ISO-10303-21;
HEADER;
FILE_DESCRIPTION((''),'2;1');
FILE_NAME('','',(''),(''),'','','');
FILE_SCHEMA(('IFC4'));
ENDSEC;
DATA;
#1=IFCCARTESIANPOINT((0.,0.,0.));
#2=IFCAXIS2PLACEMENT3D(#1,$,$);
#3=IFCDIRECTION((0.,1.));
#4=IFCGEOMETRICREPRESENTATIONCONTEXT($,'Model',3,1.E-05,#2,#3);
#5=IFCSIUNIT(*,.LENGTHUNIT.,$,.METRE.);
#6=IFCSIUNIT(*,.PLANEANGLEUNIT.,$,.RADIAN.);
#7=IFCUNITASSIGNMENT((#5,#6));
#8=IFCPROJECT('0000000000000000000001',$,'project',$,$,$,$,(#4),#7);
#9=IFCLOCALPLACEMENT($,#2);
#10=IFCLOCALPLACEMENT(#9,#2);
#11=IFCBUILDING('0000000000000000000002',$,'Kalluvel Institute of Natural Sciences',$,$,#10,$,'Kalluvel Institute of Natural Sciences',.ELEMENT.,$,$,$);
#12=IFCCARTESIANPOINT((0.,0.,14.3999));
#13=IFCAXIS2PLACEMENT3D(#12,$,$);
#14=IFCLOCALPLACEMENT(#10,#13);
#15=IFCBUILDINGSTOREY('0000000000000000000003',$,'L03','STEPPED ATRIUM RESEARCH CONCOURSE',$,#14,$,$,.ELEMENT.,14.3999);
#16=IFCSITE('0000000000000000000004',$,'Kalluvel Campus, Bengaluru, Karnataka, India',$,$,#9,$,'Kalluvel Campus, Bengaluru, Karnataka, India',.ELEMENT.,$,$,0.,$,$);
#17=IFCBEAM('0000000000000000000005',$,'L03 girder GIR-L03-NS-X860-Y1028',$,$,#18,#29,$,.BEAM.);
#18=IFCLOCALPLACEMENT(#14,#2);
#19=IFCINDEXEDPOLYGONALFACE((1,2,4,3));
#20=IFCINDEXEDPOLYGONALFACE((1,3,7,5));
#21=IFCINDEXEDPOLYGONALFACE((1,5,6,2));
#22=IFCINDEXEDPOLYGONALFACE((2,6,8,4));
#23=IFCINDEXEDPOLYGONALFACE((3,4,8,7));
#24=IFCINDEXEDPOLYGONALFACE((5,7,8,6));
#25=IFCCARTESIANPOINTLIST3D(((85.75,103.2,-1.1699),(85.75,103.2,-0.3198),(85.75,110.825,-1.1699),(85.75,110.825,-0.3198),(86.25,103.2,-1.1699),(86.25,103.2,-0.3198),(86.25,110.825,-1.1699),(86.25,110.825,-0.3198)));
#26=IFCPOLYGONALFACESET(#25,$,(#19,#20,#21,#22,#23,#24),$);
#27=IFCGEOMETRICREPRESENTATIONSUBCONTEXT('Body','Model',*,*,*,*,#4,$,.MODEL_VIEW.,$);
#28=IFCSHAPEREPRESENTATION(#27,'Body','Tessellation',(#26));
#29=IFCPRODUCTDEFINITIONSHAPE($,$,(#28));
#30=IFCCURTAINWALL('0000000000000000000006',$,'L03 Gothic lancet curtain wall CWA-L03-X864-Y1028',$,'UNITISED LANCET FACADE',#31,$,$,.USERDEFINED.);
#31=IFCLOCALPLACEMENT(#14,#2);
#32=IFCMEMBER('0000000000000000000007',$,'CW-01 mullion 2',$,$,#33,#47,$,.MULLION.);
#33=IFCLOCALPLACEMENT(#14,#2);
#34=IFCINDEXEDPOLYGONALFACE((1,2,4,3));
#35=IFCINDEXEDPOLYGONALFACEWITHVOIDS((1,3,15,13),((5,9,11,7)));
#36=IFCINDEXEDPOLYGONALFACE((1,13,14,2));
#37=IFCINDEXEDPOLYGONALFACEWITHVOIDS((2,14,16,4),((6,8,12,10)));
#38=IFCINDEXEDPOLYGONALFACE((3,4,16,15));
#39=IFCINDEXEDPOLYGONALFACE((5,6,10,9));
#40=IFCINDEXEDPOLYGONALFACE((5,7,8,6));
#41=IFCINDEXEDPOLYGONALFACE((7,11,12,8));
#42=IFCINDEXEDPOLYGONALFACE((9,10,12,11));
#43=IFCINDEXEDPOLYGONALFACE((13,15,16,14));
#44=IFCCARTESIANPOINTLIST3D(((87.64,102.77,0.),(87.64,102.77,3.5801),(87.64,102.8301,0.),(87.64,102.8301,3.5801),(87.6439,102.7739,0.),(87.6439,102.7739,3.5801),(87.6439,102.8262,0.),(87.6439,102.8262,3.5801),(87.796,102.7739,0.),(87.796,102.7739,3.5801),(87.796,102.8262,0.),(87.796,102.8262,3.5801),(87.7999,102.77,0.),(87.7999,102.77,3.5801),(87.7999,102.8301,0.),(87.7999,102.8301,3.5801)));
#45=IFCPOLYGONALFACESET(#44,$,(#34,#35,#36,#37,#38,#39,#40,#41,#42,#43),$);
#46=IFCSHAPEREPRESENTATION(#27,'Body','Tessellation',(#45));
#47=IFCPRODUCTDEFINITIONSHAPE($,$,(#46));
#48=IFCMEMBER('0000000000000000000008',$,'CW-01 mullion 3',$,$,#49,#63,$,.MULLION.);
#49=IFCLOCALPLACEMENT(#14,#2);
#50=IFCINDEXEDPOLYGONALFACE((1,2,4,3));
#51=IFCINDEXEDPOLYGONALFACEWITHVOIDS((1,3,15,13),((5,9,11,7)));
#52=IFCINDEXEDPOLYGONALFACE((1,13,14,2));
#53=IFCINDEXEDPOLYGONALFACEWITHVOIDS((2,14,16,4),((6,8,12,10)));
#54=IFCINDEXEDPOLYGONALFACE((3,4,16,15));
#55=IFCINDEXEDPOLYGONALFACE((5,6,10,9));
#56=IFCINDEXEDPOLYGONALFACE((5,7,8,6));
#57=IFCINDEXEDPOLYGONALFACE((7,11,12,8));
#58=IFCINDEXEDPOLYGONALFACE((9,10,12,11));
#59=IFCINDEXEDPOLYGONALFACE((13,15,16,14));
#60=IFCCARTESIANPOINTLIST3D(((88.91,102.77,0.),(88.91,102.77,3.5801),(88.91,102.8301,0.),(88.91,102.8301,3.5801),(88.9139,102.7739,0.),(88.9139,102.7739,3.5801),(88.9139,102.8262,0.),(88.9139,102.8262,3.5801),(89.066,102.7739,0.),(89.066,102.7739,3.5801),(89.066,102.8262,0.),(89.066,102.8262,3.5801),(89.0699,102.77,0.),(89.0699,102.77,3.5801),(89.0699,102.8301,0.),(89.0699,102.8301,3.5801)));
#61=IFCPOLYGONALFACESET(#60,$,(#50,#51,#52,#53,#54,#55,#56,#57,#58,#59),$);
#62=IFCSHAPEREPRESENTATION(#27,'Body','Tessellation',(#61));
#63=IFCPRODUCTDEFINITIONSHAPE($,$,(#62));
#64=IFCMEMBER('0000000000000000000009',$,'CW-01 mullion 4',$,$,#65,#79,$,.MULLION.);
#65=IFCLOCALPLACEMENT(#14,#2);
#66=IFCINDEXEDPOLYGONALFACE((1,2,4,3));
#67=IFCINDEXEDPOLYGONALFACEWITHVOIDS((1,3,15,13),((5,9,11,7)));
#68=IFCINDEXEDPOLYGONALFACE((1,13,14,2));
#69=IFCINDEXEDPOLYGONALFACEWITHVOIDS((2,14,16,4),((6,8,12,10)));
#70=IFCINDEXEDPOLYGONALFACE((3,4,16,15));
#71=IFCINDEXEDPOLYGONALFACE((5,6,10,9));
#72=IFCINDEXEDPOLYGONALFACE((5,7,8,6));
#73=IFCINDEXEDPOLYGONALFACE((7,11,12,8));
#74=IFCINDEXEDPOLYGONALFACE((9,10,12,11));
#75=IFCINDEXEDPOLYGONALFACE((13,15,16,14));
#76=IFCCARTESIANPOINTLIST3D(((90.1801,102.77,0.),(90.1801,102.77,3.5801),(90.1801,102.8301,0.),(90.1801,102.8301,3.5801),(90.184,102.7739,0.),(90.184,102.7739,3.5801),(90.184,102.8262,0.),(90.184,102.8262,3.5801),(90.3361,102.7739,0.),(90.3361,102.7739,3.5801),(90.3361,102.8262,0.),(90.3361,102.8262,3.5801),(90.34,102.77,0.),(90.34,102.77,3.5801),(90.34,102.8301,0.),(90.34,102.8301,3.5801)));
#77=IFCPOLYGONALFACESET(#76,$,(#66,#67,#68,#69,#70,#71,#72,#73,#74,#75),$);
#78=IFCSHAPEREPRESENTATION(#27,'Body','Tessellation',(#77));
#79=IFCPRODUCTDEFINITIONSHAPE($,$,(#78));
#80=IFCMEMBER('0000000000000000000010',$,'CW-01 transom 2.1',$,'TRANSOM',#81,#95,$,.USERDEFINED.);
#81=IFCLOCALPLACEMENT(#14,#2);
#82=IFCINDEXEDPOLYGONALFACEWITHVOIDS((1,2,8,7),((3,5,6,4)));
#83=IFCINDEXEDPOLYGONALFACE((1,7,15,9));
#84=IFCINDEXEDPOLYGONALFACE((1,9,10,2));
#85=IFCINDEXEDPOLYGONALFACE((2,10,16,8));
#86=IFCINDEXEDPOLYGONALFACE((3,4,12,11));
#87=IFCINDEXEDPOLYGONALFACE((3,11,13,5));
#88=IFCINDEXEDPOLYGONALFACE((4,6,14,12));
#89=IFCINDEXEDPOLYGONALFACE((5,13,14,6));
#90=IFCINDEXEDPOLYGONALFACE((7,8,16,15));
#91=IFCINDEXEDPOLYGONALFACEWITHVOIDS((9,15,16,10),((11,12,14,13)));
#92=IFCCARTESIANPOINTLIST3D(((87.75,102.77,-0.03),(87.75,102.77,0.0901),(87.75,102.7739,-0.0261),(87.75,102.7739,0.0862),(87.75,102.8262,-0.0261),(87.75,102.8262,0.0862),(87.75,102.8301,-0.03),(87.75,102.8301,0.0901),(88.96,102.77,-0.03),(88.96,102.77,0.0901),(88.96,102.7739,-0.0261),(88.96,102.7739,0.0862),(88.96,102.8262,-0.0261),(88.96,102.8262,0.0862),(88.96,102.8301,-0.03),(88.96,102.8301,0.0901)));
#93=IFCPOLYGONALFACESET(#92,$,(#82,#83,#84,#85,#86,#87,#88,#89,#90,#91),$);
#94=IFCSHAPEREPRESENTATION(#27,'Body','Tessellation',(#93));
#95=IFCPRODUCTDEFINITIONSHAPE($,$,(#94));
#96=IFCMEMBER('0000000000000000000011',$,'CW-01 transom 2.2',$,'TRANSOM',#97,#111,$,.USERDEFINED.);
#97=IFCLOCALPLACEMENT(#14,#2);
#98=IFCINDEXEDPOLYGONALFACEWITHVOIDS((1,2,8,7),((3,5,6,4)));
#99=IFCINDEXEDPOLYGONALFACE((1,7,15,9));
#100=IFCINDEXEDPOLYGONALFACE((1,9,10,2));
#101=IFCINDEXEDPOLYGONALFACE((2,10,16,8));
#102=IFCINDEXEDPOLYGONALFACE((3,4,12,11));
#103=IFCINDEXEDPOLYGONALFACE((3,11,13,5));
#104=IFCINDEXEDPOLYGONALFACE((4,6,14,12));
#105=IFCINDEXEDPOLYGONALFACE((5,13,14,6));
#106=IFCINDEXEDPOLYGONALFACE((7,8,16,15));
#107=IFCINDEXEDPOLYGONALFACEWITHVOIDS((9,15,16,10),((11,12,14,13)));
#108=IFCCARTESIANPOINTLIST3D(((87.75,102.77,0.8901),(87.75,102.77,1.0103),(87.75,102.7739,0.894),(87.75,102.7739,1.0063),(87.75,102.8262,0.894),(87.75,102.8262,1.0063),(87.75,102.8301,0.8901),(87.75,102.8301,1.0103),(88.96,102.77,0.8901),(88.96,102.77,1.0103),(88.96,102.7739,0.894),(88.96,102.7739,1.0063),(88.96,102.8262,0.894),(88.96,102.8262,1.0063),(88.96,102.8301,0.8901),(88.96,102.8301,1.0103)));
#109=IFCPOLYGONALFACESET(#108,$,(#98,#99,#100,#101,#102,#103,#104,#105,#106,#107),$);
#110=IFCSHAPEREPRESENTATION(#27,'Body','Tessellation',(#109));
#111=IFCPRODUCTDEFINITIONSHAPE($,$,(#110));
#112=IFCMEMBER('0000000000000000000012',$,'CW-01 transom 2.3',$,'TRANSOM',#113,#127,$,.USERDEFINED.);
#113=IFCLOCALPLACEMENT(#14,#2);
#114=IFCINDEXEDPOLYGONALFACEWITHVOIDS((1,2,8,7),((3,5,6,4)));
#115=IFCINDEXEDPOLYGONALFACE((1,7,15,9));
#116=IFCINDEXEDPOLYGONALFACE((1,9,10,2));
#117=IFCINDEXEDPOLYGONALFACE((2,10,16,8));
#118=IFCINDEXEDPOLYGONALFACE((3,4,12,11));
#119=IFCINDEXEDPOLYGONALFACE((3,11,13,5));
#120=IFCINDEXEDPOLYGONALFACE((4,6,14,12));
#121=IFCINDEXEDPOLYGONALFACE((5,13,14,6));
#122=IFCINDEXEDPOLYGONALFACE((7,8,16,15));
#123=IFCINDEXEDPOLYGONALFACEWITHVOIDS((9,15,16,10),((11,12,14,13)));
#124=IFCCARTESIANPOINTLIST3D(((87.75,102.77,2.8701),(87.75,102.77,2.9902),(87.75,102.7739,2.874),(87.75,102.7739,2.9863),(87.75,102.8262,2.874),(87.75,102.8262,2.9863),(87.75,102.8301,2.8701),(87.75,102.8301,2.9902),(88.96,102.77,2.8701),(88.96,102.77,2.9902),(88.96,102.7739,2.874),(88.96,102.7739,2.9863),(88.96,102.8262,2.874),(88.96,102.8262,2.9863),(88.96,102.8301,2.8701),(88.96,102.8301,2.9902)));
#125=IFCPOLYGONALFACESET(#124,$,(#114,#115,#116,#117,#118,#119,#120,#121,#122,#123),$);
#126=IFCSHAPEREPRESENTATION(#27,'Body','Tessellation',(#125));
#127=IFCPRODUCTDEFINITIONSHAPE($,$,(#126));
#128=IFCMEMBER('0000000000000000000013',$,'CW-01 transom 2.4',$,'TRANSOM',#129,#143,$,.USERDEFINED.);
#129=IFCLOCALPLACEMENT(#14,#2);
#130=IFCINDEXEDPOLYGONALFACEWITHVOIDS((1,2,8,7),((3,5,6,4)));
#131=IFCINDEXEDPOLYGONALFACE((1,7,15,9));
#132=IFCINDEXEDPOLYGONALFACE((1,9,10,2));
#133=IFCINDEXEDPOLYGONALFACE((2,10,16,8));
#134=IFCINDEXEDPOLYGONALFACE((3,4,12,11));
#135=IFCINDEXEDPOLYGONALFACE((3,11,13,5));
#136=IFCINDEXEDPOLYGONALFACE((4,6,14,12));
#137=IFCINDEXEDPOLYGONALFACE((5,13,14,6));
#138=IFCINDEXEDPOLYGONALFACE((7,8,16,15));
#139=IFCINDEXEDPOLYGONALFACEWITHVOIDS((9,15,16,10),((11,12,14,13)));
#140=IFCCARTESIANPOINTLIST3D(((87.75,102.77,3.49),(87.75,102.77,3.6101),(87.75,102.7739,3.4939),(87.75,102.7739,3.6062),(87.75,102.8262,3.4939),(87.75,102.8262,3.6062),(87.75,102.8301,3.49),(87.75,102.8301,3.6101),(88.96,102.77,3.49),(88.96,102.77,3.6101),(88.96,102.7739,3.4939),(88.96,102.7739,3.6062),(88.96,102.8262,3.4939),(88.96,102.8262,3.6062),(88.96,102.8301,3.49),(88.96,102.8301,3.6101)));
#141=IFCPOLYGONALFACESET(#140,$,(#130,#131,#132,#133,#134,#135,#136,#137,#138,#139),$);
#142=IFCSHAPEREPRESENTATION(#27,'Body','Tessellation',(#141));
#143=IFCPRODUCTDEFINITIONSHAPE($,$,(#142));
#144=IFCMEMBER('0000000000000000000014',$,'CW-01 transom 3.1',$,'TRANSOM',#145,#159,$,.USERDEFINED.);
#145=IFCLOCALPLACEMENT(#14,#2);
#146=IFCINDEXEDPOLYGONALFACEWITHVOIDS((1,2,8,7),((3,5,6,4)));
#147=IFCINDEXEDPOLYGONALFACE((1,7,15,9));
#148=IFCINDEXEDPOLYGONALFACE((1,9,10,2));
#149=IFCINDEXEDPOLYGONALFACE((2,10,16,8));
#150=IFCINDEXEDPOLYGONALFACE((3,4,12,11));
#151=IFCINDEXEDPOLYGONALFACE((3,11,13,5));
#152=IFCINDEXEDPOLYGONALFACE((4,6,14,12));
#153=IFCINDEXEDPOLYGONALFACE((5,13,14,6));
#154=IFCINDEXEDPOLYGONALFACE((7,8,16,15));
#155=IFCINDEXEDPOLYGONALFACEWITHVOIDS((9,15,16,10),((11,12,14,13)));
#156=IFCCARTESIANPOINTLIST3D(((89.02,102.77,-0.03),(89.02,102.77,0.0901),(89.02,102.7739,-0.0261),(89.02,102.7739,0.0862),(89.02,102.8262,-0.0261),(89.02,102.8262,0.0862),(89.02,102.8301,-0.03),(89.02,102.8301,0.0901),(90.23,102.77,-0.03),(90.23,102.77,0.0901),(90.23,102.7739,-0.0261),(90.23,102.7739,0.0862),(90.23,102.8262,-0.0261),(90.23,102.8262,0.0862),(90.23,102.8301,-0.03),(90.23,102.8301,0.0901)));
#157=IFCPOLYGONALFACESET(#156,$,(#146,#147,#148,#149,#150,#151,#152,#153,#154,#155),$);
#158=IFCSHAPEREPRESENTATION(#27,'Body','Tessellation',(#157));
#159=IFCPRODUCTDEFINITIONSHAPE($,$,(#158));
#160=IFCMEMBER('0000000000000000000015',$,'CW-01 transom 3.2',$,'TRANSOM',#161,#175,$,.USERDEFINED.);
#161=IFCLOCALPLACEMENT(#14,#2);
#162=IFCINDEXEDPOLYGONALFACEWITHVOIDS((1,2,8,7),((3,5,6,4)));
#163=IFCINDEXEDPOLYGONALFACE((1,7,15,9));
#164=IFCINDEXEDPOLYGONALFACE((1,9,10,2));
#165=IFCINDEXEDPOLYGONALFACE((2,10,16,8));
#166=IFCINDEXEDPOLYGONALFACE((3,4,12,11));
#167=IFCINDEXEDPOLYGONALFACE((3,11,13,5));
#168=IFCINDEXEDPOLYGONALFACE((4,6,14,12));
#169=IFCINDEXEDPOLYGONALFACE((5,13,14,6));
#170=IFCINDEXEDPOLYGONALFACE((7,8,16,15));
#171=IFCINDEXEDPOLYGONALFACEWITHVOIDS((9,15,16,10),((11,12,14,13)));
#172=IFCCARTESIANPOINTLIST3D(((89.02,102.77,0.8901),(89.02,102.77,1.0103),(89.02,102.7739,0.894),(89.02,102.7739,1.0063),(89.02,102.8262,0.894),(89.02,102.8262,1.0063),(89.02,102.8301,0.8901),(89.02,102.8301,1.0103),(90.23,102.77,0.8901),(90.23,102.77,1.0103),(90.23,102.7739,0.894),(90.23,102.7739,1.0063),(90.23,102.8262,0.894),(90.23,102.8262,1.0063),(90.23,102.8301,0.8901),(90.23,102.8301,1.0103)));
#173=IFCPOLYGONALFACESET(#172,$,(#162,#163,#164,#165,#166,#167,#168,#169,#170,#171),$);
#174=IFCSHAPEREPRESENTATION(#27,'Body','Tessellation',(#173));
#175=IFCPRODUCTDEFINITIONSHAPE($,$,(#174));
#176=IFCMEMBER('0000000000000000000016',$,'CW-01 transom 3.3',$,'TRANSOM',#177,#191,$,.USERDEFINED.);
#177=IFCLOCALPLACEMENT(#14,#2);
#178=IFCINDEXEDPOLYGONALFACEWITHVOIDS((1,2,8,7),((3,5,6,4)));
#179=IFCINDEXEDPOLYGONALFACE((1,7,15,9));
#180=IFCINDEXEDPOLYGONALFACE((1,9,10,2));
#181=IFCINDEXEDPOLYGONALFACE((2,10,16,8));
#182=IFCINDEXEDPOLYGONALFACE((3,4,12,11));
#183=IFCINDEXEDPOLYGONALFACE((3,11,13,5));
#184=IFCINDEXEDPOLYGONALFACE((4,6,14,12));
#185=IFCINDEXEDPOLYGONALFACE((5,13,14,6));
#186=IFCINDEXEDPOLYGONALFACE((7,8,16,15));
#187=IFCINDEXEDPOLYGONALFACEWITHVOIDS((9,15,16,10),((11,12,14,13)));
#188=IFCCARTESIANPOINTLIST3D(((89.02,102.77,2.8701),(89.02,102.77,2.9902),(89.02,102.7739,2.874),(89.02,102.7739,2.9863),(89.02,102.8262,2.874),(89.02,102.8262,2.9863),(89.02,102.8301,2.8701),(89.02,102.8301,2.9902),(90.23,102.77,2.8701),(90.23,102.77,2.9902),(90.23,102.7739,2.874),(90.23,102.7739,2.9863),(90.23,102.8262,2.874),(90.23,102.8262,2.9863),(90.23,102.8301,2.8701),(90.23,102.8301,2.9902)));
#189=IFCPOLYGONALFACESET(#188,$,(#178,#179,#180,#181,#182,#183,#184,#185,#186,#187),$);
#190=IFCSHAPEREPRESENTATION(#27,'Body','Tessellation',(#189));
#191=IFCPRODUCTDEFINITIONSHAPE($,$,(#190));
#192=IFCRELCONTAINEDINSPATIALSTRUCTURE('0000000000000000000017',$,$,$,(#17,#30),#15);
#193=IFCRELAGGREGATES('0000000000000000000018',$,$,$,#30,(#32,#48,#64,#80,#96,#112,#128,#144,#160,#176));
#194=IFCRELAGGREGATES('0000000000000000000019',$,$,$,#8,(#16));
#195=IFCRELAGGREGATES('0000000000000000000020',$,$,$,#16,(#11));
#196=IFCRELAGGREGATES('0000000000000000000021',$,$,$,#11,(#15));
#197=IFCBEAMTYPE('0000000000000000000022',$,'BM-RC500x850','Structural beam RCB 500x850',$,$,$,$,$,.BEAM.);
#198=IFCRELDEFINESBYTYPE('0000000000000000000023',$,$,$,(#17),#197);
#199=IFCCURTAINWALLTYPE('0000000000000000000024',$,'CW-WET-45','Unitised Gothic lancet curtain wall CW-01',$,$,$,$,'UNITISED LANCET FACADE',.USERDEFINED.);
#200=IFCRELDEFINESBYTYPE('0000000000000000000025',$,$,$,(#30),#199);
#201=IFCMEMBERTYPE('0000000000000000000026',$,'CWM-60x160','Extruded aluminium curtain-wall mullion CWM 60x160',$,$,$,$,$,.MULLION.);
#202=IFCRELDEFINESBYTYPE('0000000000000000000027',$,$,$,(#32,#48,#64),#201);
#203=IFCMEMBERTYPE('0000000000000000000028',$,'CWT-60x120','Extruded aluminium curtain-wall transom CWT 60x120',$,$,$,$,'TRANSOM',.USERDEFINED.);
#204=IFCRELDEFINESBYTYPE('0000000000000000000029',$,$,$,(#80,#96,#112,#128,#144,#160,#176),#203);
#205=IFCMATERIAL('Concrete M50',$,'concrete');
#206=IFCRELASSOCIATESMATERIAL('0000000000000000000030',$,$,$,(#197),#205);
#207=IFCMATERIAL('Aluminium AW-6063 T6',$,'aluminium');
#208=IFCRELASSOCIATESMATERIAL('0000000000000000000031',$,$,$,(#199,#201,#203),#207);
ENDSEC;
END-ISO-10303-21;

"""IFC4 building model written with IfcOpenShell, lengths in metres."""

from ifc_helpers import new_model, si_unit, direction, frame, origin, origin_2d, place, context, subcontext, project, spatial, rectangle, hollow_rectangle, extrude, material, material_profile, profile_set, type_object, element, aggregate, save


model = new_model("IFC4")

# Units and contexts
model_context = context("Model", 3, precision=1e-05, world=origin(), true_north=direction((0.0, 1.0)))
body_context = subcontext(model_context, "Body", "Model", "MODEL_VIEW")
ifc_project = project(units=[si_unit("LENGTHUNIT", "METRE"), si_unit("PLANEANGLEUNIT", "RADIAN")], contexts=[model_context])

# Site, building, storey
site_placement = place(None, origin())
site = spatial("IfcSite", under=ifc_project, at=site_placement, Name="Kalluvel Campus, Bengaluru, Karnataka, India", LongName="Kalluvel Campus, Bengaluru, Karnataka, India", CompositionType="ELEMENT", RefElevation=0.0)
building_placement = place(site_placement, origin())
building = spatial("IfcBuilding", under=site, at=building_placement, Name="Kalluvel Institute of Natural Sciences", LongName="Kalluvel Institute of Natural Sciences", CompositionType="ELEMENT")
storey_placement = place(building_placement, frame((0.0, 0.0, 14.3999)))
storey = spatial("IfcBuildingStorey", under=building, at=storey_placement, Name="L03", Description="STEPPED ATRIUM RESEARCH CONCOURSE", CompositionType="ELEMENT", Elevation=14.3999)

# Beam
ifc_material_1 = material(Name="Concrete M50", Category="concrete")
ifc_material_profile_1 = material_profile(ifc_material_1, rectangle(XDim=0.5, YDim=0.8501, at=origin_2d()), Name="RCB 500x850")
ifc_profile_set_1 = profile_set([ifc_material_profile_1], Name="Concrete M50")
beam_type_1 = type_object("IfcBeamType", Name="BM-RC500x850", Description="Structural beam RCB 500x850", PredefinedType="BEAM", material=ifc_profile_set_1)
beam_1_placement = place(storey_placement, frame((86.0, 103.2, -0.7449), z_axis=(0.0, 1.0, 0.0), x_axis=(-1.0, 0.0, 0.0)))
element("IfcBeam", 1, at=beam_1_placement, inside=storey, type_object=beam_type_1, Name="L03 girder GIR-L03-NS-X860-Y1028", PredefinedType="BEAM", context=body_context, shape_type="SweptSolid", body=[
    extrude(rectangle(XDim=0.5, YDim=0.8501, at=origin_2d()), origin(), (0.0, 0.0, 1.0), 7.625),
])

# Curtain wall, members
ifc_material_2 = material(Name="Aluminium AW-6063 T6", Category="aluminium")
curtain_wall_type = type_object("IfcCurtainWallType", Name="CW-WET-45", Description="Unitised Gothic lancet curtain wall CW-01", ElementType="UNITISED LANCET FACADE", PredefinedType="USERDEFINED", material=ifc_material_2)
curtain_wall_placement = place(storey_placement, origin())
curtain_wall = element("IfcCurtainWall", 2, at=curtain_wall_placement, inside=storey, type_object=curtain_wall_type, Name="L03 Gothic lancet curtain wall CWA-L03-X864-Y1028", ObjectType="UNITISED LANCET FACADE", PredefinedType="USERDEFINED")
ifc_material_profile_2 = material_profile(ifc_material_2, hollow_rectangle(XDim=0.0601, YDim=0.1599, WallThickness=0.0039, at=origin_2d()), Name="CWM 60x160")
ifc_profile_set_2 = profile_set([ifc_material_profile_2], Name="Aluminium AW-6063 T6")
member_type_1 = type_object("IfcMemberType", Name="CWM-60x160", Description="Extruded aluminium curtain-wall mullion CWM 60x160", PredefinedType="MULLION", material=ifc_profile_set_2)
member_1_placement = place(storey_placement, frame((87.72, 102.8, 0.0), z_axis=(0.0, 0.0, 1.0), x_axis=(0.0, 1.0, 0.0)))
member_1 = element("IfcMember", 3, at=member_1_placement, type_object=member_type_1, Name="CW-01 mullion 2", PredefinedType="MULLION", context=body_context, shape_type="SweptSolid", body=[
    extrude(hollow_rectangle(XDim=0.0601, YDim=0.1599, WallThickness=0.0039, at=origin_2d()), origin(), (0.0, 0.0, 1.0), 3.5801),
])
member_2_placement = place(storey_placement, frame((88.99, 102.8, 0.0), z_axis=(0.0, 0.0, 1.0), x_axis=(0.0, 1.0, 0.0)))
member_2 = element("IfcMember", 4, at=member_2_placement, type_object=member_type_1, Name="CW-01 mullion 3", PredefinedType="MULLION", context=body_context, shape_type="SweptSolid", body=[
    extrude(hollow_rectangle(XDim=0.0601, YDim=0.1599, WallThickness=0.0039, at=origin_2d()), origin(), (0.0, 0.0, 1.0), 3.5801),
])
member_3_placement = place(storey_placement, frame((90.26, 102.8, 0.0), z_axis=(0.0, 0.0, 1.0), x_axis=(0.0, 1.0, 0.0)))
member_3 = element("IfcMember", 5, at=member_3_placement, type_object=member_type_1, Name="CW-01 mullion 4", PredefinedType="MULLION", context=body_context, shape_type="SweptSolid", body=[
    extrude(hollow_rectangle(XDim=0.0601, YDim=0.1599, WallThickness=0.0039, at=origin_2d()), origin(), (0.0, 0.0, 1.0), 3.5801),
])
ifc_material_profile_3 = material_profile(ifc_material_2, hollow_rectangle(XDim=0.0601, YDim=0.1201, WallThickness=0.0039, at=origin_2d()), Name="CWT 60x120")
ifc_profile_set_3 = profile_set([ifc_material_profile_3], Name="Aluminium AW-6063 T6")
member_type_2 = type_object("IfcMemberType", Name="CWT-60x120", Description="Extruded aluminium curtain-wall transom CWT 60x120", ElementType="TRANSOM", PredefinedType="USERDEFINED", material=ifc_profile_set_3)
member_4_placement = place(storey_placement, frame((87.75, 102.8, 0.03), z_axis=(1.0, 0.0, 0.0), x_axis=(0.0, 1.0, 0.0)))
member_4 = element("IfcMember", 6, at=member_4_placement, type_object=member_type_2, Name="CW-01 transom 2.1", ObjectType="TRANSOM", PredefinedType="USERDEFINED", context=body_context, shape_type="SweptSolid", body=[
    extrude(hollow_rectangle(XDim=0.0601, YDim=0.1201, WallThickness=0.0039, at=origin_2d()), origin(), (0.0, 0.0, 1.0), 1.21),
])
member_5_placement = place(storey_placement, frame((87.75, 102.8, 0.9502), z_axis=(1.0, 0.0, 0.0), x_axis=(0.0, 1.0, 0.0)))
member_5 = element("IfcMember", 7, at=member_5_placement, type_object=member_type_2, Name="CW-01 transom 2.2", ObjectType="TRANSOM", PredefinedType="USERDEFINED", context=body_context, shape_type="SweptSolid", body=[
    extrude(hollow_rectangle(XDim=0.0601, YDim=0.1201, WallThickness=0.0039, at=origin_2d()), origin(), (0.0, 0.0, 1.0), 1.21),
])
member_6_placement = place(storey_placement, frame((87.75, 102.8, 2.9302), z_axis=(1.0, 0.0, 0.0), x_axis=(0.0, 1.0, 0.0)))
member_6 = element("IfcMember", 8, at=member_6_placement, type_object=member_type_2, Name="CW-01 transom 2.3", ObjectType="TRANSOM", PredefinedType="USERDEFINED", context=body_context, shape_type="SweptSolid", body=[
    extrude(hollow_rectangle(XDim=0.0601, YDim=0.1201, WallThickness=0.0039, at=origin_2d()), origin(), (0.0, 0.0, 1.0), 1.21),
])
member_7_placement = place(storey_placement, frame((87.75, 102.8, 3.55), z_axis=(1.0, 0.0, 0.0), x_axis=(0.0, 1.0, 0.0)))
member_7 = element("IfcMember", 9, at=member_7_placement, type_object=member_type_2, Name="CW-01 transom 2.4", ObjectType="TRANSOM", PredefinedType="USERDEFINED", context=body_context, shape_type="SweptSolid", body=[
    extrude(hollow_rectangle(XDim=0.0601, YDim=0.1201, WallThickness=0.0039, at=origin_2d()), origin(), (0.0, 0.0, 1.0), 1.21),
])
member_8_placement = place(storey_placement, frame((89.02, 102.8, 0.03), z_axis=(1.0, 0.0, 0.0), x_axis=(0.0, 1.0, 0.0)))
member_8 = element("IfcMember", 10, at=member_8_placement, type_object=member_type_2, Name="CW-01 transom 3.1", ObjectType="TRANSOM", PredefinedType="USERDEFINED", context=body_context, shape_type="SweptSolid", body=[
    extrude(hollow_rectangle(XDim=0.0601, YDim=0.1201, WallThickness=0.0039, at=origin_2d()), origin(), (0.0, 0.0, 1.0), 1.21),
])
member_9_placement = place(storey_placement, frame((89.02, 102.8, 0.9502), z_axis=(1.0, 0.0, 0.0), x_axis=(0.0, 1.0, 0.0)))
member_9 = element("IfcMember", 11, at=member_9_placement, type_object=member_type_2, Name="CW-01 transom 3.2", ObjectType="TRANSOM", PredefinedType="USERDEFINED", context=body_context, shape_type="SweptSolid", body=[
    extrude(hollow_rectangle(XDim=0.0601, YDim=0.1201, WallThickness=0.0039, at=origin_2d()), origin(), (0.0, 0.0, 1.0), 1.21),
])
member_10_placement = place(storey_placement, frame((89.02, 102.8, 2.9302), z_axis=(1.0, 0.0, 0.0), x_axis=(0.0, 1.0, 0.0)))
member_10 = element("IfcMember", 12, at=member_10_placement, type_object=member_type_2, Name="CW-01 transom 3.3", ObjectType="TRANSOM", PredefinedType="USERDEFINED", context=body_context, shape_type="SweptSolid", body=[
    extrude(hollow_rectangle(XDim=0.0601, YDim=0.1201, WallThickness=0.0039, at=origin_2d()), origin(), (0.0, 0.0, 1.0), 1.21),
])

aggregate(curtain_wall, [member_1, member_2, member_3, member_4, member_5, member_6, member_7, member_8, member_9, member_10])

save(model, "model.ifc")
